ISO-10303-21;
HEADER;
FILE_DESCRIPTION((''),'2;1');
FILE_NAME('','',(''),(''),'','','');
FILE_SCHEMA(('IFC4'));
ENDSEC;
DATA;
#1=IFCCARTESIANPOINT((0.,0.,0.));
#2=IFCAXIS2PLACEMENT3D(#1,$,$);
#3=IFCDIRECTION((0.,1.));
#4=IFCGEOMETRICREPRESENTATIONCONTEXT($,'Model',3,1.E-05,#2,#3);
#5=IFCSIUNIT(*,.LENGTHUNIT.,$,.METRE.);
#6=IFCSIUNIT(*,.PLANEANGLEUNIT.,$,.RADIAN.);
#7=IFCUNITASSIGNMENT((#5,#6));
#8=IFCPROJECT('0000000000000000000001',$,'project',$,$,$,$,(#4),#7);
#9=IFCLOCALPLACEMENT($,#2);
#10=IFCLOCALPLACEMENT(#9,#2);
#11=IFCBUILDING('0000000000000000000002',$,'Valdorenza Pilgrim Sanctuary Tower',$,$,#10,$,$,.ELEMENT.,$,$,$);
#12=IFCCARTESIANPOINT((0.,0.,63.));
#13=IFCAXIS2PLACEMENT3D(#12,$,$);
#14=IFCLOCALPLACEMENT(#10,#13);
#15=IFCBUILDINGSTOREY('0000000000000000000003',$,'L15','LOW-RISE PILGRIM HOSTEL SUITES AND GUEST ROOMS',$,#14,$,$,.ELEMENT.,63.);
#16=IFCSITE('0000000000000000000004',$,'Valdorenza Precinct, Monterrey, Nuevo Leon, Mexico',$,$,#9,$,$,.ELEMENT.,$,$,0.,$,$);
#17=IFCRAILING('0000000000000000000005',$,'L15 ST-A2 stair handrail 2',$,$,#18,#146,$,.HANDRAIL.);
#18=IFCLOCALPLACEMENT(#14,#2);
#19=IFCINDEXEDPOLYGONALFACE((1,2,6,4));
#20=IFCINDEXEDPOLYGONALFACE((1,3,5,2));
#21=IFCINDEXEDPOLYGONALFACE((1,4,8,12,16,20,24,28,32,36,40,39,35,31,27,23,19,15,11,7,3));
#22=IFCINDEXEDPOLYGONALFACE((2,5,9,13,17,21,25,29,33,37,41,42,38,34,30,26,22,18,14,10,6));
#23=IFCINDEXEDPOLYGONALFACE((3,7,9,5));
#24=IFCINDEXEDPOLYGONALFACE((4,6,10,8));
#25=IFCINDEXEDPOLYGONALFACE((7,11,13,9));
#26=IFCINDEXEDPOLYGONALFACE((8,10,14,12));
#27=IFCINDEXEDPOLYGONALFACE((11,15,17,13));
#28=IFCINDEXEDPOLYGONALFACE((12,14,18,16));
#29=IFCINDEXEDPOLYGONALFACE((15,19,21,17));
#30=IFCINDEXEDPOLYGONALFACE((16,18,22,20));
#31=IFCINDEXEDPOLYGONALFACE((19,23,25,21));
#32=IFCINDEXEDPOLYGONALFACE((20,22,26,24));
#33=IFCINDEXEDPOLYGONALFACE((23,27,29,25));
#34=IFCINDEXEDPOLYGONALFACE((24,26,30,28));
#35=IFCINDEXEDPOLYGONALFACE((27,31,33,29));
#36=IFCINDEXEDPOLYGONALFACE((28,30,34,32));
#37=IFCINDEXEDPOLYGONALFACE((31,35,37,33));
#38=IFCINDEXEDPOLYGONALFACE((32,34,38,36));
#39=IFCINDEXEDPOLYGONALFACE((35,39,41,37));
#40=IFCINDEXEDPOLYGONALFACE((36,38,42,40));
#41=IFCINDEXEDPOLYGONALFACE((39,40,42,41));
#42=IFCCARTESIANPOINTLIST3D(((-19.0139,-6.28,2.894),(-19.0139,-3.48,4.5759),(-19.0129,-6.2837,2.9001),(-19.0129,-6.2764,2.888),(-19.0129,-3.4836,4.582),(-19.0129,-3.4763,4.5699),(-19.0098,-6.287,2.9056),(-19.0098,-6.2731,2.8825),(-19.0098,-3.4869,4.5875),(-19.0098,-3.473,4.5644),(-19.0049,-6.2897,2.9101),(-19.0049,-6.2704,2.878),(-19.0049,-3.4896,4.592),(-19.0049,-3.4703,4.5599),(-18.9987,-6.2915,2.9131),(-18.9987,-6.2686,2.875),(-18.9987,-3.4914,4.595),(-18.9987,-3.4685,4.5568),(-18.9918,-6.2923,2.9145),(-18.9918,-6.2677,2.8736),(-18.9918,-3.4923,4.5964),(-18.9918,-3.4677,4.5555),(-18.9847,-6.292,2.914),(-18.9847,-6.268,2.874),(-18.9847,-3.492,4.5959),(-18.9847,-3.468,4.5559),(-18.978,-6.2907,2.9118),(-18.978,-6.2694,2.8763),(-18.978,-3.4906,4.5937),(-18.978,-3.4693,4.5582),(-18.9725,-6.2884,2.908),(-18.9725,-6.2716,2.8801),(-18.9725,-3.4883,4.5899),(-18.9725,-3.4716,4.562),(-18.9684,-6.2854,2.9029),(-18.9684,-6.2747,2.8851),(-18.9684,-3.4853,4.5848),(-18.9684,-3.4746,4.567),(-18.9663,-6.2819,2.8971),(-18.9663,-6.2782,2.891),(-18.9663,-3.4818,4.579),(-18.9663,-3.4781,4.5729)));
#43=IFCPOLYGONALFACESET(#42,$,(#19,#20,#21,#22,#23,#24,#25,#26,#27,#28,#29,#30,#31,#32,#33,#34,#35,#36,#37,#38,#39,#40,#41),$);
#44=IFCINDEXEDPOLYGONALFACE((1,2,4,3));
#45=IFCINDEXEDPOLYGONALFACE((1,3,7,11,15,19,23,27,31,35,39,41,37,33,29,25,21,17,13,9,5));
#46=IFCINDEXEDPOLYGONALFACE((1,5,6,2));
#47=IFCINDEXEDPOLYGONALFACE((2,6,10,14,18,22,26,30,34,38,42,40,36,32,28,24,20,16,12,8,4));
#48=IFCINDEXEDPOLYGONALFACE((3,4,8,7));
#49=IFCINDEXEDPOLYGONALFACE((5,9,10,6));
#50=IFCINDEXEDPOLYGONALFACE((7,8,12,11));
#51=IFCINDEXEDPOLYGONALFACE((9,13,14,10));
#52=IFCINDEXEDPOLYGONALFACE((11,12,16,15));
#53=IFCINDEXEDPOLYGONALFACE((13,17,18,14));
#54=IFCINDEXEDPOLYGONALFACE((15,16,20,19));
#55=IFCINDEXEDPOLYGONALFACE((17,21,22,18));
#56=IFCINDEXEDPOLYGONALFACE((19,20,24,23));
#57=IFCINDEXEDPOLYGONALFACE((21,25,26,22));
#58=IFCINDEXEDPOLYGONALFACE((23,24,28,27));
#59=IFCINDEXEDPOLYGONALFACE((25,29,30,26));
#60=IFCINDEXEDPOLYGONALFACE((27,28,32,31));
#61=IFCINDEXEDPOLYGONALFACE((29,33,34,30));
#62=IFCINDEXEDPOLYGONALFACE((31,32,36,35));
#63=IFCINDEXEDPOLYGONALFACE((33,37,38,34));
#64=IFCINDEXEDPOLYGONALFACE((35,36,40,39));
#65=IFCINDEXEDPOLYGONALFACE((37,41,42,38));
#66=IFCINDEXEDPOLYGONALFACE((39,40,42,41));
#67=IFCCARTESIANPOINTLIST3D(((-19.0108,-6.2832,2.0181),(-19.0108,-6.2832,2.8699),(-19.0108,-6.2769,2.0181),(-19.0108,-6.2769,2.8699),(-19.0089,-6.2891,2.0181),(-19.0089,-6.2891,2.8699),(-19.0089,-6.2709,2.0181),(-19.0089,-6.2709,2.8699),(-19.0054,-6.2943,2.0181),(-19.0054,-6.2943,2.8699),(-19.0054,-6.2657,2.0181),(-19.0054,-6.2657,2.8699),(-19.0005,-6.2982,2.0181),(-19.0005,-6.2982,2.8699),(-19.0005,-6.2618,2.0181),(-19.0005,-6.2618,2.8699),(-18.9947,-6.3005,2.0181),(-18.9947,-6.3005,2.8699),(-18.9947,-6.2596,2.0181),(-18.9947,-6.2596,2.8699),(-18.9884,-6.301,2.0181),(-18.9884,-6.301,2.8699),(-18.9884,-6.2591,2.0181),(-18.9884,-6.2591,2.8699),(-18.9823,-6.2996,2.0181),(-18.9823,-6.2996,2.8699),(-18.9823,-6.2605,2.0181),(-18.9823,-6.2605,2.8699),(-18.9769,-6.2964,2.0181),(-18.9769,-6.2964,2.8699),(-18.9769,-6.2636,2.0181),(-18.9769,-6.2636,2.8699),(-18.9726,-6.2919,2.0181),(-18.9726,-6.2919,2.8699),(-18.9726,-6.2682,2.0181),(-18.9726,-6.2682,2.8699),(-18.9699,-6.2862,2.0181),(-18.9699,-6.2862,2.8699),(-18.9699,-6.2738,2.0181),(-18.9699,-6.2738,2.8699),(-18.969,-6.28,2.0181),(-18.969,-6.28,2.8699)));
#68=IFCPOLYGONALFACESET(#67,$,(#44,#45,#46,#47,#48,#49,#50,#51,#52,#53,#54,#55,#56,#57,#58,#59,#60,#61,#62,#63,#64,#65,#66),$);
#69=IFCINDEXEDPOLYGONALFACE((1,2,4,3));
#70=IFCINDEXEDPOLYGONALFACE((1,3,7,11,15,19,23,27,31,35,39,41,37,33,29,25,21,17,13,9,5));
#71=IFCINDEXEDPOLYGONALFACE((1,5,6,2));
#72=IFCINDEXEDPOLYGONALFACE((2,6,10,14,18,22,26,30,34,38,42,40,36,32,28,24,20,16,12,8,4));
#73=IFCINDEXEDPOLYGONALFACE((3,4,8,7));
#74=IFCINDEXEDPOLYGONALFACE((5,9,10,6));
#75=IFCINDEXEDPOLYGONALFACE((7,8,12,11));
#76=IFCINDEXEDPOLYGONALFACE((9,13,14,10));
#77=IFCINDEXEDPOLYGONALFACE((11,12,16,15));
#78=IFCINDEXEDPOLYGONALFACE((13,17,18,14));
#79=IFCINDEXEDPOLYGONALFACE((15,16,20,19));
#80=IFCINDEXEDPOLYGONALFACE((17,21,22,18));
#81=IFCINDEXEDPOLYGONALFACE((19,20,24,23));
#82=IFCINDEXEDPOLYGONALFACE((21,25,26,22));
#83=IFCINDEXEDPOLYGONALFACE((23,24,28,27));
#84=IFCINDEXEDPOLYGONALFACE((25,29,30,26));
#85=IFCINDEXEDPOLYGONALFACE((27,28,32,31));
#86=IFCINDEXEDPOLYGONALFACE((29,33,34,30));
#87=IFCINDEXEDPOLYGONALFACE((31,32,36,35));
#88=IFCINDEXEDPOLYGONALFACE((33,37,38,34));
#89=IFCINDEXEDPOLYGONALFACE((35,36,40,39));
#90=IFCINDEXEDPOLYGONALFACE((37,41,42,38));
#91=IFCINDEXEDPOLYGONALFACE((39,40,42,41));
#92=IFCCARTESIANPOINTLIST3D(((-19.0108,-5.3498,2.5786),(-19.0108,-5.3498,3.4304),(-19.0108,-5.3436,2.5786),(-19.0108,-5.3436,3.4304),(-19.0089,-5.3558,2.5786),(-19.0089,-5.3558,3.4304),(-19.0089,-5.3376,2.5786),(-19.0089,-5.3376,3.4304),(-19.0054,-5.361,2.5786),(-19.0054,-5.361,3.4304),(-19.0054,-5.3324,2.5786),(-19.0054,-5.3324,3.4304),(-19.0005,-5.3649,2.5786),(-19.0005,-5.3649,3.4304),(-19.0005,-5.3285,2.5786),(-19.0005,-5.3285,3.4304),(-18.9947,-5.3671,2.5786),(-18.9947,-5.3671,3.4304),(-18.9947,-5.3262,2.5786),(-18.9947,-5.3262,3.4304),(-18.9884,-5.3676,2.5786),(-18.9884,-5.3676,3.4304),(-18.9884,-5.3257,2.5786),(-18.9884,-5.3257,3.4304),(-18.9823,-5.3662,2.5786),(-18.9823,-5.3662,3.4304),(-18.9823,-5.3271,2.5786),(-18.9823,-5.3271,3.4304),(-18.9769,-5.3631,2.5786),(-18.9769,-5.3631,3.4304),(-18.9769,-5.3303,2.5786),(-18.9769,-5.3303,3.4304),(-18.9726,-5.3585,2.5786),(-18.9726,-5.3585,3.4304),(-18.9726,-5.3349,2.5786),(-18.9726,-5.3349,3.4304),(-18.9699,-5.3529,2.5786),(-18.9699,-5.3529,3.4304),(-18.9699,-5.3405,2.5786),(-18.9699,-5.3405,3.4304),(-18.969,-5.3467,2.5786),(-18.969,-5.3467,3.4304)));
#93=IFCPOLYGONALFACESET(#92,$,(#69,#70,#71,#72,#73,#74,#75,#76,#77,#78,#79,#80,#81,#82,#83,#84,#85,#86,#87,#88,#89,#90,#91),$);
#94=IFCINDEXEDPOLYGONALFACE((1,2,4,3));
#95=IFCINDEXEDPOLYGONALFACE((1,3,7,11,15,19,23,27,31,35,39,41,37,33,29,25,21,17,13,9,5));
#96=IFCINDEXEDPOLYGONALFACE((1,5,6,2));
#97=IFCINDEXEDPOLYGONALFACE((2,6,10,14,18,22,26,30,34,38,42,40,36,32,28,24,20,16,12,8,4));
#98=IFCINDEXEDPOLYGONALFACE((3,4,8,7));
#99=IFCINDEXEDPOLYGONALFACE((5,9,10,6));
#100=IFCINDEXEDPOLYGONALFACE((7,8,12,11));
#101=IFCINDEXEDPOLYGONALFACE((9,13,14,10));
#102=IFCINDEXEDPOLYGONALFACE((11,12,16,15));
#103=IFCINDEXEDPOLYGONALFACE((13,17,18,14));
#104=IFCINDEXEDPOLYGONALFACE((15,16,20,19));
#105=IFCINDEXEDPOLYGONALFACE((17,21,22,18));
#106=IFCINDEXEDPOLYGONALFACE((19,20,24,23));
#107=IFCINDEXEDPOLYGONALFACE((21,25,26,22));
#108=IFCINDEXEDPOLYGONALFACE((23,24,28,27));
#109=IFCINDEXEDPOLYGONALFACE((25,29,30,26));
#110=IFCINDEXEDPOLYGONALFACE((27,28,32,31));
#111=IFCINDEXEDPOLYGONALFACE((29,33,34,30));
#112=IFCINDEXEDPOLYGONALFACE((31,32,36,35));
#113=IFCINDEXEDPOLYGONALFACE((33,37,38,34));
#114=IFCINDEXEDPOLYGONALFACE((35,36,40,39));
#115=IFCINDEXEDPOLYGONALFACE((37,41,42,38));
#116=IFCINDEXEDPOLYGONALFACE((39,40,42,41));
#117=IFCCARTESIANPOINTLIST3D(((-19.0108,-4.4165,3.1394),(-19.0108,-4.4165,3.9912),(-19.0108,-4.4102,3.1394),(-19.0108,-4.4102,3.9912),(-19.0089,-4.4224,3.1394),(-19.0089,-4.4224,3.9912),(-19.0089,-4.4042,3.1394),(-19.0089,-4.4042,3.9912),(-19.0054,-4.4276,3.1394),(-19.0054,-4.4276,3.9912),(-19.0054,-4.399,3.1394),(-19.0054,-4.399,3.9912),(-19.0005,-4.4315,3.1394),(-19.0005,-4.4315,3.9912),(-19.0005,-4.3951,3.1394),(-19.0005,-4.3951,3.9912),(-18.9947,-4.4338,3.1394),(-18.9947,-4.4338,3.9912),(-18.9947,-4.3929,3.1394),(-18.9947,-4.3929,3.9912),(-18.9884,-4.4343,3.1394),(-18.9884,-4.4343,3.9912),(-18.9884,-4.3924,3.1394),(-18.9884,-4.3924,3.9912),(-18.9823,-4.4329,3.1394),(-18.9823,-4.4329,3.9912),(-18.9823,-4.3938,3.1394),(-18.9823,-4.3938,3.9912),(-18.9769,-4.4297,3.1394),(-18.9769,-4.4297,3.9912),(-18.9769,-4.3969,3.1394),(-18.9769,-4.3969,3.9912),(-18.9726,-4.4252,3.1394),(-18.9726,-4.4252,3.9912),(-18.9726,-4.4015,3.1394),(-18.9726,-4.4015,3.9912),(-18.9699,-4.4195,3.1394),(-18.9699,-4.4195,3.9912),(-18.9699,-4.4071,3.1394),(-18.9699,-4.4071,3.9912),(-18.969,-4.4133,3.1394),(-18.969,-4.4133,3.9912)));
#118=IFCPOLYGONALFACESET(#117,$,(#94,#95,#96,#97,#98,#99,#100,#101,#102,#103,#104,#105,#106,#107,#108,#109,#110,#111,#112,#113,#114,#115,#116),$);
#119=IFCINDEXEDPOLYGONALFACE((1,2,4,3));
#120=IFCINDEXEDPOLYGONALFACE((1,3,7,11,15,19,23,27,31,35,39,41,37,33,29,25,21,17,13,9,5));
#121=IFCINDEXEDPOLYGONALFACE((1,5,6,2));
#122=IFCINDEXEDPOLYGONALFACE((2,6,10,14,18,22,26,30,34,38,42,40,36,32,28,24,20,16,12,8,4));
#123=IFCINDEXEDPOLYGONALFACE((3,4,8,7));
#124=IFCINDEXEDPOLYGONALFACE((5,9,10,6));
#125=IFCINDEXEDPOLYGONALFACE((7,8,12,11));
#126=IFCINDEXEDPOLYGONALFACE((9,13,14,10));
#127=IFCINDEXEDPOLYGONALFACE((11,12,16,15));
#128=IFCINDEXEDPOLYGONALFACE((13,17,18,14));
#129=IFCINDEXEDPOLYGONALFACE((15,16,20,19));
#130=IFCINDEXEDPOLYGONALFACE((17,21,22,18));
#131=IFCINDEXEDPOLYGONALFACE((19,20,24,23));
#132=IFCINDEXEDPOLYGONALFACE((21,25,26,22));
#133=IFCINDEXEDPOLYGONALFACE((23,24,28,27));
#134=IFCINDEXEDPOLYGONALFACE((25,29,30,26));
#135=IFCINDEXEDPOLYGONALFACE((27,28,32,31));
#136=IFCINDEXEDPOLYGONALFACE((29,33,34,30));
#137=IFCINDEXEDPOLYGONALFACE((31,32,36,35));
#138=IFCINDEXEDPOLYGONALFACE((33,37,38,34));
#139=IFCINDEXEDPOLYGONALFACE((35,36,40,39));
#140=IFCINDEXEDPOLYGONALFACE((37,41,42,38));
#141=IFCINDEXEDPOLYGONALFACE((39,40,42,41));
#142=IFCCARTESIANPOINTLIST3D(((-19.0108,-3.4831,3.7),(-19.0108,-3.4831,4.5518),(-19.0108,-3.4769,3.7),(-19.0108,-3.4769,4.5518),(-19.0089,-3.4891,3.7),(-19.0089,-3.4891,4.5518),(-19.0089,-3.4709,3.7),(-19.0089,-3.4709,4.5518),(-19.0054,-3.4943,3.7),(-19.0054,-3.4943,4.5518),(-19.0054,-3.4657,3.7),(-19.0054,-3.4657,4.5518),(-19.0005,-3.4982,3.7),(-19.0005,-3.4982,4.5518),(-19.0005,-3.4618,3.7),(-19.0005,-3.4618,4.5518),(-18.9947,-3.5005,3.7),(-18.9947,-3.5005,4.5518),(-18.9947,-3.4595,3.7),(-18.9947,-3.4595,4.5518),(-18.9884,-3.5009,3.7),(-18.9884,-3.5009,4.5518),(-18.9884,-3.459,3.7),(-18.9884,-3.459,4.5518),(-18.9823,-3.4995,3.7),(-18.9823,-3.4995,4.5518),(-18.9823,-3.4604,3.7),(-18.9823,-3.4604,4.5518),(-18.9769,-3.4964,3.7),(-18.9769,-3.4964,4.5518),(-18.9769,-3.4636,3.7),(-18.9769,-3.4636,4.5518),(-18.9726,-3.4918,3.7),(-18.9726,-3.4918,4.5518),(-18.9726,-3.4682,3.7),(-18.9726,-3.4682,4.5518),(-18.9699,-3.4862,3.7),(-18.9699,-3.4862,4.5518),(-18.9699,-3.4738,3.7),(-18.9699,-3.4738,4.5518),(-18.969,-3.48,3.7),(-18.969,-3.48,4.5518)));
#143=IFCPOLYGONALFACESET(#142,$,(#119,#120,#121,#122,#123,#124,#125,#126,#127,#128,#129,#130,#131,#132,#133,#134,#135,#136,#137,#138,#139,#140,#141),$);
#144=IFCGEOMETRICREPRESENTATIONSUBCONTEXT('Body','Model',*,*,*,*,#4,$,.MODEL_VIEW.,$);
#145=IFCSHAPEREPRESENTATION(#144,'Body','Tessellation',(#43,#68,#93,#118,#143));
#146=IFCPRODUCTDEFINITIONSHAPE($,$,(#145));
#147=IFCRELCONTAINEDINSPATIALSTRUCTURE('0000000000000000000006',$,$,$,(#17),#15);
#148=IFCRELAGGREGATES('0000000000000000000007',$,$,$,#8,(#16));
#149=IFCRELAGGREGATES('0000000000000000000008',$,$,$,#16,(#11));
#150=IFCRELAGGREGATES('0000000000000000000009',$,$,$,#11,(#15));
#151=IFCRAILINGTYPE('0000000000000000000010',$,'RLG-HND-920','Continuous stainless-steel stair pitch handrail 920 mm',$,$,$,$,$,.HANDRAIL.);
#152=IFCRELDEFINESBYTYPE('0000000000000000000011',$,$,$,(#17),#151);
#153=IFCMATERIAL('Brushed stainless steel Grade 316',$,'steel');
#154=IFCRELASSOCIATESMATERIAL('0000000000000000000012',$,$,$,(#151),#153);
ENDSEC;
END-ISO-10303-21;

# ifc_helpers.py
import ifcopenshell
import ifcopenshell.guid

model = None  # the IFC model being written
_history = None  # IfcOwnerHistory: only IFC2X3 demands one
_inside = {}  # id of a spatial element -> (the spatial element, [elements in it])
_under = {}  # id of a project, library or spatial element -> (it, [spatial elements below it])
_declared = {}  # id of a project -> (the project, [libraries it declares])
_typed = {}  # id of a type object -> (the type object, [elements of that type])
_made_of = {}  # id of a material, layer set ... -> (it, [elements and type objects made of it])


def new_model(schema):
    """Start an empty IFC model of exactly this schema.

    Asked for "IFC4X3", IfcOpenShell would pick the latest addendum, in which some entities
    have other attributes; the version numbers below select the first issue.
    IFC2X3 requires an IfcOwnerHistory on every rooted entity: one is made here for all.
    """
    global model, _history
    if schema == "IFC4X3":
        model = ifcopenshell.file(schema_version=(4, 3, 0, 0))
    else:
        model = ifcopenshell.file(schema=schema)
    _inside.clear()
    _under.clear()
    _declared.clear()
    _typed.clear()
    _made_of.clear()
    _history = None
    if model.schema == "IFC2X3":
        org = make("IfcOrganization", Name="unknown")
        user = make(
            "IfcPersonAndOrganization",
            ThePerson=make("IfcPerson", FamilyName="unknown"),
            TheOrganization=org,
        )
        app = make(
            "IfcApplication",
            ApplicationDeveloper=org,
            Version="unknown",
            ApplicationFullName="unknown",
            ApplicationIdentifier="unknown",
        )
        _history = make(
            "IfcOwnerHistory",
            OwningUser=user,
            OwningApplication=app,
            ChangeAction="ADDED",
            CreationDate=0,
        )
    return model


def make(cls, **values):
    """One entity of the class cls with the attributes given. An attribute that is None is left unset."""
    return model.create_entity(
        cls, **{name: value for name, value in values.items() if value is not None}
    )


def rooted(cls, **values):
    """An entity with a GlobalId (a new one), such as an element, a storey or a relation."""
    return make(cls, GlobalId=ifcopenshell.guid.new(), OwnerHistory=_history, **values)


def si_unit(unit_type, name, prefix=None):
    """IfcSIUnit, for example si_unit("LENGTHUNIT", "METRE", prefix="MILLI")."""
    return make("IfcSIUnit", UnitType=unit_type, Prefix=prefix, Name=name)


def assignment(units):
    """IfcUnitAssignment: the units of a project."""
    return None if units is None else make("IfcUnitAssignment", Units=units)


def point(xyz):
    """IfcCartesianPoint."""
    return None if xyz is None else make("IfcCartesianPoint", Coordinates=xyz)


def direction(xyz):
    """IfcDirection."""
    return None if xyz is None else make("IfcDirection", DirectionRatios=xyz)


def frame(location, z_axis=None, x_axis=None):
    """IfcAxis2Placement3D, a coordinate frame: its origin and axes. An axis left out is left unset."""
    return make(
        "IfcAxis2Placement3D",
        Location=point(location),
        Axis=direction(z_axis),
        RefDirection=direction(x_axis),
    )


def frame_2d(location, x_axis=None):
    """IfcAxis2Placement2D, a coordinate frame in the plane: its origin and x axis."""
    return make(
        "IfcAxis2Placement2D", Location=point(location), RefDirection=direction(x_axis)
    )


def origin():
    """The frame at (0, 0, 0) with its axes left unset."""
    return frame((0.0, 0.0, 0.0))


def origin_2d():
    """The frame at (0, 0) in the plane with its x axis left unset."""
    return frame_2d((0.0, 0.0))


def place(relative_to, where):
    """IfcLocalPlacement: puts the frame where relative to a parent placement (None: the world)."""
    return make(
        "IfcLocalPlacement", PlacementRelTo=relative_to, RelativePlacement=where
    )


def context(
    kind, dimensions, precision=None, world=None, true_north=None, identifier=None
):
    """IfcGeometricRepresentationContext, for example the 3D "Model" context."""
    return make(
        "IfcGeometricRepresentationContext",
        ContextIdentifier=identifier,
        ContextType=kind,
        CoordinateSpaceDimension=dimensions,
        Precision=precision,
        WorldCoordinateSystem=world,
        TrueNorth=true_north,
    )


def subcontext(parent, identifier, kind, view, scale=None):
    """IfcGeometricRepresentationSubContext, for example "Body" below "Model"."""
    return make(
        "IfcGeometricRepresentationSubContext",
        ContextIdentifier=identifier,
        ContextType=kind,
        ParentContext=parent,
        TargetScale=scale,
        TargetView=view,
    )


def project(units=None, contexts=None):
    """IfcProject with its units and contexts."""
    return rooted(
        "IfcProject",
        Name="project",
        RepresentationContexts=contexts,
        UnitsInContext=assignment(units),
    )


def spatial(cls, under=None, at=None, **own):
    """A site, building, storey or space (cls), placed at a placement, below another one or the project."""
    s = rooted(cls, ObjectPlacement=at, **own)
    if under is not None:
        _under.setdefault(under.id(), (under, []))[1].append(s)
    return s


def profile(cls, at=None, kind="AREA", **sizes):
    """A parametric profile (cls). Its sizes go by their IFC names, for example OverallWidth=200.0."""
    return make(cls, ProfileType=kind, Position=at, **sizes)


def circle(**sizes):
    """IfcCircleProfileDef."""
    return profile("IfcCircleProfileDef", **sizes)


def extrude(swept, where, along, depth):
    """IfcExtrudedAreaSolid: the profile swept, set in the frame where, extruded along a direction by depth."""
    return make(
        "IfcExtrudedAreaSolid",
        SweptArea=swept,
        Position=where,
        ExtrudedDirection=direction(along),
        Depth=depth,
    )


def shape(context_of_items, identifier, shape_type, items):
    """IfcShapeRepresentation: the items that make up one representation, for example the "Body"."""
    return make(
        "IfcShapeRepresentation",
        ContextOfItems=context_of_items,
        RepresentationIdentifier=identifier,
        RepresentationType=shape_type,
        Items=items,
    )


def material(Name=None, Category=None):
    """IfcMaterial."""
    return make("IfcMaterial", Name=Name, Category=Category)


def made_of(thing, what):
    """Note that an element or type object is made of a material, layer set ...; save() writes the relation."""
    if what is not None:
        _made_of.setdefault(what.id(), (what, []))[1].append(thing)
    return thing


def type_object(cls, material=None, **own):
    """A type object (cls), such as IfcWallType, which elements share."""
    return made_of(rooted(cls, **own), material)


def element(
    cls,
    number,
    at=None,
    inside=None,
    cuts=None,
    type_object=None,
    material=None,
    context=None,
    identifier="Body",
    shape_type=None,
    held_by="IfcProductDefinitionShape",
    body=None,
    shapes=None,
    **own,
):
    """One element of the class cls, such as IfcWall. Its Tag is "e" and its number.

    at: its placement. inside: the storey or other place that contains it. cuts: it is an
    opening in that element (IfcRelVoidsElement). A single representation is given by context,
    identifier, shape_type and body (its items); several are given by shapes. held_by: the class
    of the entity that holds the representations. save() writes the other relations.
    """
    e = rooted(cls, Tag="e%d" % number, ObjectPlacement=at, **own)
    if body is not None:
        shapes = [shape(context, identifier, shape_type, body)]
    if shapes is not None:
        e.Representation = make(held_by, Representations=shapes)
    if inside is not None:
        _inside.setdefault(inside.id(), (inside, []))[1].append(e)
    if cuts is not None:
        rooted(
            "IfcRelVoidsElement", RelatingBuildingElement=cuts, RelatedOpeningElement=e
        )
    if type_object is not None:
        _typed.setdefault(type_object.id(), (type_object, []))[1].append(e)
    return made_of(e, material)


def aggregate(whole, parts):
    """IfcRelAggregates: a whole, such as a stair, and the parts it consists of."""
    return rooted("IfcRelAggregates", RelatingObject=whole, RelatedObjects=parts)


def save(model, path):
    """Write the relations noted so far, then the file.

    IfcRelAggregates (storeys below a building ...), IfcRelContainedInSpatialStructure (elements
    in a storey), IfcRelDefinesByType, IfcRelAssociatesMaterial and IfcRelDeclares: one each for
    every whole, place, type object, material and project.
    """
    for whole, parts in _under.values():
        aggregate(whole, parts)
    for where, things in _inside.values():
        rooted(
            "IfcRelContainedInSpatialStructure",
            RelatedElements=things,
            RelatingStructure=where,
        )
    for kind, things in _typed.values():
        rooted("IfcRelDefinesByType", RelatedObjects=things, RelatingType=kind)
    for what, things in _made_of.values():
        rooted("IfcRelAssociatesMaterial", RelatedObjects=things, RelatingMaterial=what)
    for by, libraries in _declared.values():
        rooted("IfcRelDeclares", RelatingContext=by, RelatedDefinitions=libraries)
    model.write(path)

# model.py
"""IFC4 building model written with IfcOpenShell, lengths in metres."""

from ifc_helpers import new_model, si_unit, direction, frame, origin, origin_2d, place, context, subcontext, project, spatial, circle, extrude, material, type_object, element, save


model = new_model("IFC4")

# Units and contexts
model_context = context("Model", 3, precision=1e-05, world=origin(), true_north=direction((0.0, 1.0)))
body_context = subcontext(model_context, "Body", "Model", "MODEL_VIEW")
ifc_project = project(units=[si_unit("LENGTHUNIT", "METRE"), si_unit("PLANEANGLEUNIT", "RADIAN")], contexts=[model_context])

# Site, building, storey
site_placement = place(None, origin())
site = spatial("IfcSite", under=ifc_project, at=site_placement, Name="Valdorenza Precinct, Monterrey, Nuevo Leon, Mexico", CompositionType="ELEMENT", RefElevation=0.0)
building_placement = place(site_placement, origin())
building = spatial("IfcBuilding", under=site, at=building_placement, Name="Valdorenza Pilgrim Sanctuary Tower", CompositionType="ELEMENT")
storey_placement = place(building_placement, frame((0.0, 0.0, 63.0)))
storey = spatial("IfcBuildingStorey", under=building, at=storey_placement, Name="L15", Description="LOW-RISE PILGRIM HOSTEL SUITES AND GUEST ROOMS", CompositionType="ELEMENT", Elevation=63.0)

# Shared definitions
ifc_material_1 = material(Name="Brushed stainless steel Grade 316", Category="steel")

# Railing
railing_type_1 = type_object("IfcRailingType", Name="RLG-HND-920", Description="Continuous stainless-steel stair pitch handrail 920 mm", PredefinedType="HANDRAIL", material=ifc_material_1)
railing_1_placement = place(storey_placement, frame((-18.99, -6.28, 2.0181)))
element("IfcRailing", 1, at=railing_1_placement, inside=storey, type_object=railing_type_1, Name="L15 ST-A2 stair handrail 2", PredefinedType="HANDRAIL", context=body_context, shape_type="SweptSolid", body=[
    extrude(circle(Radius=0.0239, at=origin_2d()), frame((0.0, 0.0, 0.876), z_axis=(0.0, 0.857242, 0.514913), x_axis=(-1.0, 0.0, 0.0)), (0.0, 0.0, 1.0), 3.2664),
    extrude(circle(Radius=0.021, at=origin_2d()), origin(), (0.0, 0.0, 1.0), 0.8518),
    extrude(circle(Radius=0.021, at=origin_2d()), frame((0.0, 0.9333, 0.5605)), (0.0, 0.0, 1.0), 0.8518),
    extrude(circle(Radius=0.021, at=origin_2d()), frame((0.0, 1.8667, 1.1213)), (0.0, 0.0, 1.0), 0.8518),
    extrude(circle(Radius=0.021, at=origin_2d()), frame((0.0, 2.8, 1.6819)), (0.0, 0.0, 1.0), 0.8518),
])

save(model, "model.ifc")
